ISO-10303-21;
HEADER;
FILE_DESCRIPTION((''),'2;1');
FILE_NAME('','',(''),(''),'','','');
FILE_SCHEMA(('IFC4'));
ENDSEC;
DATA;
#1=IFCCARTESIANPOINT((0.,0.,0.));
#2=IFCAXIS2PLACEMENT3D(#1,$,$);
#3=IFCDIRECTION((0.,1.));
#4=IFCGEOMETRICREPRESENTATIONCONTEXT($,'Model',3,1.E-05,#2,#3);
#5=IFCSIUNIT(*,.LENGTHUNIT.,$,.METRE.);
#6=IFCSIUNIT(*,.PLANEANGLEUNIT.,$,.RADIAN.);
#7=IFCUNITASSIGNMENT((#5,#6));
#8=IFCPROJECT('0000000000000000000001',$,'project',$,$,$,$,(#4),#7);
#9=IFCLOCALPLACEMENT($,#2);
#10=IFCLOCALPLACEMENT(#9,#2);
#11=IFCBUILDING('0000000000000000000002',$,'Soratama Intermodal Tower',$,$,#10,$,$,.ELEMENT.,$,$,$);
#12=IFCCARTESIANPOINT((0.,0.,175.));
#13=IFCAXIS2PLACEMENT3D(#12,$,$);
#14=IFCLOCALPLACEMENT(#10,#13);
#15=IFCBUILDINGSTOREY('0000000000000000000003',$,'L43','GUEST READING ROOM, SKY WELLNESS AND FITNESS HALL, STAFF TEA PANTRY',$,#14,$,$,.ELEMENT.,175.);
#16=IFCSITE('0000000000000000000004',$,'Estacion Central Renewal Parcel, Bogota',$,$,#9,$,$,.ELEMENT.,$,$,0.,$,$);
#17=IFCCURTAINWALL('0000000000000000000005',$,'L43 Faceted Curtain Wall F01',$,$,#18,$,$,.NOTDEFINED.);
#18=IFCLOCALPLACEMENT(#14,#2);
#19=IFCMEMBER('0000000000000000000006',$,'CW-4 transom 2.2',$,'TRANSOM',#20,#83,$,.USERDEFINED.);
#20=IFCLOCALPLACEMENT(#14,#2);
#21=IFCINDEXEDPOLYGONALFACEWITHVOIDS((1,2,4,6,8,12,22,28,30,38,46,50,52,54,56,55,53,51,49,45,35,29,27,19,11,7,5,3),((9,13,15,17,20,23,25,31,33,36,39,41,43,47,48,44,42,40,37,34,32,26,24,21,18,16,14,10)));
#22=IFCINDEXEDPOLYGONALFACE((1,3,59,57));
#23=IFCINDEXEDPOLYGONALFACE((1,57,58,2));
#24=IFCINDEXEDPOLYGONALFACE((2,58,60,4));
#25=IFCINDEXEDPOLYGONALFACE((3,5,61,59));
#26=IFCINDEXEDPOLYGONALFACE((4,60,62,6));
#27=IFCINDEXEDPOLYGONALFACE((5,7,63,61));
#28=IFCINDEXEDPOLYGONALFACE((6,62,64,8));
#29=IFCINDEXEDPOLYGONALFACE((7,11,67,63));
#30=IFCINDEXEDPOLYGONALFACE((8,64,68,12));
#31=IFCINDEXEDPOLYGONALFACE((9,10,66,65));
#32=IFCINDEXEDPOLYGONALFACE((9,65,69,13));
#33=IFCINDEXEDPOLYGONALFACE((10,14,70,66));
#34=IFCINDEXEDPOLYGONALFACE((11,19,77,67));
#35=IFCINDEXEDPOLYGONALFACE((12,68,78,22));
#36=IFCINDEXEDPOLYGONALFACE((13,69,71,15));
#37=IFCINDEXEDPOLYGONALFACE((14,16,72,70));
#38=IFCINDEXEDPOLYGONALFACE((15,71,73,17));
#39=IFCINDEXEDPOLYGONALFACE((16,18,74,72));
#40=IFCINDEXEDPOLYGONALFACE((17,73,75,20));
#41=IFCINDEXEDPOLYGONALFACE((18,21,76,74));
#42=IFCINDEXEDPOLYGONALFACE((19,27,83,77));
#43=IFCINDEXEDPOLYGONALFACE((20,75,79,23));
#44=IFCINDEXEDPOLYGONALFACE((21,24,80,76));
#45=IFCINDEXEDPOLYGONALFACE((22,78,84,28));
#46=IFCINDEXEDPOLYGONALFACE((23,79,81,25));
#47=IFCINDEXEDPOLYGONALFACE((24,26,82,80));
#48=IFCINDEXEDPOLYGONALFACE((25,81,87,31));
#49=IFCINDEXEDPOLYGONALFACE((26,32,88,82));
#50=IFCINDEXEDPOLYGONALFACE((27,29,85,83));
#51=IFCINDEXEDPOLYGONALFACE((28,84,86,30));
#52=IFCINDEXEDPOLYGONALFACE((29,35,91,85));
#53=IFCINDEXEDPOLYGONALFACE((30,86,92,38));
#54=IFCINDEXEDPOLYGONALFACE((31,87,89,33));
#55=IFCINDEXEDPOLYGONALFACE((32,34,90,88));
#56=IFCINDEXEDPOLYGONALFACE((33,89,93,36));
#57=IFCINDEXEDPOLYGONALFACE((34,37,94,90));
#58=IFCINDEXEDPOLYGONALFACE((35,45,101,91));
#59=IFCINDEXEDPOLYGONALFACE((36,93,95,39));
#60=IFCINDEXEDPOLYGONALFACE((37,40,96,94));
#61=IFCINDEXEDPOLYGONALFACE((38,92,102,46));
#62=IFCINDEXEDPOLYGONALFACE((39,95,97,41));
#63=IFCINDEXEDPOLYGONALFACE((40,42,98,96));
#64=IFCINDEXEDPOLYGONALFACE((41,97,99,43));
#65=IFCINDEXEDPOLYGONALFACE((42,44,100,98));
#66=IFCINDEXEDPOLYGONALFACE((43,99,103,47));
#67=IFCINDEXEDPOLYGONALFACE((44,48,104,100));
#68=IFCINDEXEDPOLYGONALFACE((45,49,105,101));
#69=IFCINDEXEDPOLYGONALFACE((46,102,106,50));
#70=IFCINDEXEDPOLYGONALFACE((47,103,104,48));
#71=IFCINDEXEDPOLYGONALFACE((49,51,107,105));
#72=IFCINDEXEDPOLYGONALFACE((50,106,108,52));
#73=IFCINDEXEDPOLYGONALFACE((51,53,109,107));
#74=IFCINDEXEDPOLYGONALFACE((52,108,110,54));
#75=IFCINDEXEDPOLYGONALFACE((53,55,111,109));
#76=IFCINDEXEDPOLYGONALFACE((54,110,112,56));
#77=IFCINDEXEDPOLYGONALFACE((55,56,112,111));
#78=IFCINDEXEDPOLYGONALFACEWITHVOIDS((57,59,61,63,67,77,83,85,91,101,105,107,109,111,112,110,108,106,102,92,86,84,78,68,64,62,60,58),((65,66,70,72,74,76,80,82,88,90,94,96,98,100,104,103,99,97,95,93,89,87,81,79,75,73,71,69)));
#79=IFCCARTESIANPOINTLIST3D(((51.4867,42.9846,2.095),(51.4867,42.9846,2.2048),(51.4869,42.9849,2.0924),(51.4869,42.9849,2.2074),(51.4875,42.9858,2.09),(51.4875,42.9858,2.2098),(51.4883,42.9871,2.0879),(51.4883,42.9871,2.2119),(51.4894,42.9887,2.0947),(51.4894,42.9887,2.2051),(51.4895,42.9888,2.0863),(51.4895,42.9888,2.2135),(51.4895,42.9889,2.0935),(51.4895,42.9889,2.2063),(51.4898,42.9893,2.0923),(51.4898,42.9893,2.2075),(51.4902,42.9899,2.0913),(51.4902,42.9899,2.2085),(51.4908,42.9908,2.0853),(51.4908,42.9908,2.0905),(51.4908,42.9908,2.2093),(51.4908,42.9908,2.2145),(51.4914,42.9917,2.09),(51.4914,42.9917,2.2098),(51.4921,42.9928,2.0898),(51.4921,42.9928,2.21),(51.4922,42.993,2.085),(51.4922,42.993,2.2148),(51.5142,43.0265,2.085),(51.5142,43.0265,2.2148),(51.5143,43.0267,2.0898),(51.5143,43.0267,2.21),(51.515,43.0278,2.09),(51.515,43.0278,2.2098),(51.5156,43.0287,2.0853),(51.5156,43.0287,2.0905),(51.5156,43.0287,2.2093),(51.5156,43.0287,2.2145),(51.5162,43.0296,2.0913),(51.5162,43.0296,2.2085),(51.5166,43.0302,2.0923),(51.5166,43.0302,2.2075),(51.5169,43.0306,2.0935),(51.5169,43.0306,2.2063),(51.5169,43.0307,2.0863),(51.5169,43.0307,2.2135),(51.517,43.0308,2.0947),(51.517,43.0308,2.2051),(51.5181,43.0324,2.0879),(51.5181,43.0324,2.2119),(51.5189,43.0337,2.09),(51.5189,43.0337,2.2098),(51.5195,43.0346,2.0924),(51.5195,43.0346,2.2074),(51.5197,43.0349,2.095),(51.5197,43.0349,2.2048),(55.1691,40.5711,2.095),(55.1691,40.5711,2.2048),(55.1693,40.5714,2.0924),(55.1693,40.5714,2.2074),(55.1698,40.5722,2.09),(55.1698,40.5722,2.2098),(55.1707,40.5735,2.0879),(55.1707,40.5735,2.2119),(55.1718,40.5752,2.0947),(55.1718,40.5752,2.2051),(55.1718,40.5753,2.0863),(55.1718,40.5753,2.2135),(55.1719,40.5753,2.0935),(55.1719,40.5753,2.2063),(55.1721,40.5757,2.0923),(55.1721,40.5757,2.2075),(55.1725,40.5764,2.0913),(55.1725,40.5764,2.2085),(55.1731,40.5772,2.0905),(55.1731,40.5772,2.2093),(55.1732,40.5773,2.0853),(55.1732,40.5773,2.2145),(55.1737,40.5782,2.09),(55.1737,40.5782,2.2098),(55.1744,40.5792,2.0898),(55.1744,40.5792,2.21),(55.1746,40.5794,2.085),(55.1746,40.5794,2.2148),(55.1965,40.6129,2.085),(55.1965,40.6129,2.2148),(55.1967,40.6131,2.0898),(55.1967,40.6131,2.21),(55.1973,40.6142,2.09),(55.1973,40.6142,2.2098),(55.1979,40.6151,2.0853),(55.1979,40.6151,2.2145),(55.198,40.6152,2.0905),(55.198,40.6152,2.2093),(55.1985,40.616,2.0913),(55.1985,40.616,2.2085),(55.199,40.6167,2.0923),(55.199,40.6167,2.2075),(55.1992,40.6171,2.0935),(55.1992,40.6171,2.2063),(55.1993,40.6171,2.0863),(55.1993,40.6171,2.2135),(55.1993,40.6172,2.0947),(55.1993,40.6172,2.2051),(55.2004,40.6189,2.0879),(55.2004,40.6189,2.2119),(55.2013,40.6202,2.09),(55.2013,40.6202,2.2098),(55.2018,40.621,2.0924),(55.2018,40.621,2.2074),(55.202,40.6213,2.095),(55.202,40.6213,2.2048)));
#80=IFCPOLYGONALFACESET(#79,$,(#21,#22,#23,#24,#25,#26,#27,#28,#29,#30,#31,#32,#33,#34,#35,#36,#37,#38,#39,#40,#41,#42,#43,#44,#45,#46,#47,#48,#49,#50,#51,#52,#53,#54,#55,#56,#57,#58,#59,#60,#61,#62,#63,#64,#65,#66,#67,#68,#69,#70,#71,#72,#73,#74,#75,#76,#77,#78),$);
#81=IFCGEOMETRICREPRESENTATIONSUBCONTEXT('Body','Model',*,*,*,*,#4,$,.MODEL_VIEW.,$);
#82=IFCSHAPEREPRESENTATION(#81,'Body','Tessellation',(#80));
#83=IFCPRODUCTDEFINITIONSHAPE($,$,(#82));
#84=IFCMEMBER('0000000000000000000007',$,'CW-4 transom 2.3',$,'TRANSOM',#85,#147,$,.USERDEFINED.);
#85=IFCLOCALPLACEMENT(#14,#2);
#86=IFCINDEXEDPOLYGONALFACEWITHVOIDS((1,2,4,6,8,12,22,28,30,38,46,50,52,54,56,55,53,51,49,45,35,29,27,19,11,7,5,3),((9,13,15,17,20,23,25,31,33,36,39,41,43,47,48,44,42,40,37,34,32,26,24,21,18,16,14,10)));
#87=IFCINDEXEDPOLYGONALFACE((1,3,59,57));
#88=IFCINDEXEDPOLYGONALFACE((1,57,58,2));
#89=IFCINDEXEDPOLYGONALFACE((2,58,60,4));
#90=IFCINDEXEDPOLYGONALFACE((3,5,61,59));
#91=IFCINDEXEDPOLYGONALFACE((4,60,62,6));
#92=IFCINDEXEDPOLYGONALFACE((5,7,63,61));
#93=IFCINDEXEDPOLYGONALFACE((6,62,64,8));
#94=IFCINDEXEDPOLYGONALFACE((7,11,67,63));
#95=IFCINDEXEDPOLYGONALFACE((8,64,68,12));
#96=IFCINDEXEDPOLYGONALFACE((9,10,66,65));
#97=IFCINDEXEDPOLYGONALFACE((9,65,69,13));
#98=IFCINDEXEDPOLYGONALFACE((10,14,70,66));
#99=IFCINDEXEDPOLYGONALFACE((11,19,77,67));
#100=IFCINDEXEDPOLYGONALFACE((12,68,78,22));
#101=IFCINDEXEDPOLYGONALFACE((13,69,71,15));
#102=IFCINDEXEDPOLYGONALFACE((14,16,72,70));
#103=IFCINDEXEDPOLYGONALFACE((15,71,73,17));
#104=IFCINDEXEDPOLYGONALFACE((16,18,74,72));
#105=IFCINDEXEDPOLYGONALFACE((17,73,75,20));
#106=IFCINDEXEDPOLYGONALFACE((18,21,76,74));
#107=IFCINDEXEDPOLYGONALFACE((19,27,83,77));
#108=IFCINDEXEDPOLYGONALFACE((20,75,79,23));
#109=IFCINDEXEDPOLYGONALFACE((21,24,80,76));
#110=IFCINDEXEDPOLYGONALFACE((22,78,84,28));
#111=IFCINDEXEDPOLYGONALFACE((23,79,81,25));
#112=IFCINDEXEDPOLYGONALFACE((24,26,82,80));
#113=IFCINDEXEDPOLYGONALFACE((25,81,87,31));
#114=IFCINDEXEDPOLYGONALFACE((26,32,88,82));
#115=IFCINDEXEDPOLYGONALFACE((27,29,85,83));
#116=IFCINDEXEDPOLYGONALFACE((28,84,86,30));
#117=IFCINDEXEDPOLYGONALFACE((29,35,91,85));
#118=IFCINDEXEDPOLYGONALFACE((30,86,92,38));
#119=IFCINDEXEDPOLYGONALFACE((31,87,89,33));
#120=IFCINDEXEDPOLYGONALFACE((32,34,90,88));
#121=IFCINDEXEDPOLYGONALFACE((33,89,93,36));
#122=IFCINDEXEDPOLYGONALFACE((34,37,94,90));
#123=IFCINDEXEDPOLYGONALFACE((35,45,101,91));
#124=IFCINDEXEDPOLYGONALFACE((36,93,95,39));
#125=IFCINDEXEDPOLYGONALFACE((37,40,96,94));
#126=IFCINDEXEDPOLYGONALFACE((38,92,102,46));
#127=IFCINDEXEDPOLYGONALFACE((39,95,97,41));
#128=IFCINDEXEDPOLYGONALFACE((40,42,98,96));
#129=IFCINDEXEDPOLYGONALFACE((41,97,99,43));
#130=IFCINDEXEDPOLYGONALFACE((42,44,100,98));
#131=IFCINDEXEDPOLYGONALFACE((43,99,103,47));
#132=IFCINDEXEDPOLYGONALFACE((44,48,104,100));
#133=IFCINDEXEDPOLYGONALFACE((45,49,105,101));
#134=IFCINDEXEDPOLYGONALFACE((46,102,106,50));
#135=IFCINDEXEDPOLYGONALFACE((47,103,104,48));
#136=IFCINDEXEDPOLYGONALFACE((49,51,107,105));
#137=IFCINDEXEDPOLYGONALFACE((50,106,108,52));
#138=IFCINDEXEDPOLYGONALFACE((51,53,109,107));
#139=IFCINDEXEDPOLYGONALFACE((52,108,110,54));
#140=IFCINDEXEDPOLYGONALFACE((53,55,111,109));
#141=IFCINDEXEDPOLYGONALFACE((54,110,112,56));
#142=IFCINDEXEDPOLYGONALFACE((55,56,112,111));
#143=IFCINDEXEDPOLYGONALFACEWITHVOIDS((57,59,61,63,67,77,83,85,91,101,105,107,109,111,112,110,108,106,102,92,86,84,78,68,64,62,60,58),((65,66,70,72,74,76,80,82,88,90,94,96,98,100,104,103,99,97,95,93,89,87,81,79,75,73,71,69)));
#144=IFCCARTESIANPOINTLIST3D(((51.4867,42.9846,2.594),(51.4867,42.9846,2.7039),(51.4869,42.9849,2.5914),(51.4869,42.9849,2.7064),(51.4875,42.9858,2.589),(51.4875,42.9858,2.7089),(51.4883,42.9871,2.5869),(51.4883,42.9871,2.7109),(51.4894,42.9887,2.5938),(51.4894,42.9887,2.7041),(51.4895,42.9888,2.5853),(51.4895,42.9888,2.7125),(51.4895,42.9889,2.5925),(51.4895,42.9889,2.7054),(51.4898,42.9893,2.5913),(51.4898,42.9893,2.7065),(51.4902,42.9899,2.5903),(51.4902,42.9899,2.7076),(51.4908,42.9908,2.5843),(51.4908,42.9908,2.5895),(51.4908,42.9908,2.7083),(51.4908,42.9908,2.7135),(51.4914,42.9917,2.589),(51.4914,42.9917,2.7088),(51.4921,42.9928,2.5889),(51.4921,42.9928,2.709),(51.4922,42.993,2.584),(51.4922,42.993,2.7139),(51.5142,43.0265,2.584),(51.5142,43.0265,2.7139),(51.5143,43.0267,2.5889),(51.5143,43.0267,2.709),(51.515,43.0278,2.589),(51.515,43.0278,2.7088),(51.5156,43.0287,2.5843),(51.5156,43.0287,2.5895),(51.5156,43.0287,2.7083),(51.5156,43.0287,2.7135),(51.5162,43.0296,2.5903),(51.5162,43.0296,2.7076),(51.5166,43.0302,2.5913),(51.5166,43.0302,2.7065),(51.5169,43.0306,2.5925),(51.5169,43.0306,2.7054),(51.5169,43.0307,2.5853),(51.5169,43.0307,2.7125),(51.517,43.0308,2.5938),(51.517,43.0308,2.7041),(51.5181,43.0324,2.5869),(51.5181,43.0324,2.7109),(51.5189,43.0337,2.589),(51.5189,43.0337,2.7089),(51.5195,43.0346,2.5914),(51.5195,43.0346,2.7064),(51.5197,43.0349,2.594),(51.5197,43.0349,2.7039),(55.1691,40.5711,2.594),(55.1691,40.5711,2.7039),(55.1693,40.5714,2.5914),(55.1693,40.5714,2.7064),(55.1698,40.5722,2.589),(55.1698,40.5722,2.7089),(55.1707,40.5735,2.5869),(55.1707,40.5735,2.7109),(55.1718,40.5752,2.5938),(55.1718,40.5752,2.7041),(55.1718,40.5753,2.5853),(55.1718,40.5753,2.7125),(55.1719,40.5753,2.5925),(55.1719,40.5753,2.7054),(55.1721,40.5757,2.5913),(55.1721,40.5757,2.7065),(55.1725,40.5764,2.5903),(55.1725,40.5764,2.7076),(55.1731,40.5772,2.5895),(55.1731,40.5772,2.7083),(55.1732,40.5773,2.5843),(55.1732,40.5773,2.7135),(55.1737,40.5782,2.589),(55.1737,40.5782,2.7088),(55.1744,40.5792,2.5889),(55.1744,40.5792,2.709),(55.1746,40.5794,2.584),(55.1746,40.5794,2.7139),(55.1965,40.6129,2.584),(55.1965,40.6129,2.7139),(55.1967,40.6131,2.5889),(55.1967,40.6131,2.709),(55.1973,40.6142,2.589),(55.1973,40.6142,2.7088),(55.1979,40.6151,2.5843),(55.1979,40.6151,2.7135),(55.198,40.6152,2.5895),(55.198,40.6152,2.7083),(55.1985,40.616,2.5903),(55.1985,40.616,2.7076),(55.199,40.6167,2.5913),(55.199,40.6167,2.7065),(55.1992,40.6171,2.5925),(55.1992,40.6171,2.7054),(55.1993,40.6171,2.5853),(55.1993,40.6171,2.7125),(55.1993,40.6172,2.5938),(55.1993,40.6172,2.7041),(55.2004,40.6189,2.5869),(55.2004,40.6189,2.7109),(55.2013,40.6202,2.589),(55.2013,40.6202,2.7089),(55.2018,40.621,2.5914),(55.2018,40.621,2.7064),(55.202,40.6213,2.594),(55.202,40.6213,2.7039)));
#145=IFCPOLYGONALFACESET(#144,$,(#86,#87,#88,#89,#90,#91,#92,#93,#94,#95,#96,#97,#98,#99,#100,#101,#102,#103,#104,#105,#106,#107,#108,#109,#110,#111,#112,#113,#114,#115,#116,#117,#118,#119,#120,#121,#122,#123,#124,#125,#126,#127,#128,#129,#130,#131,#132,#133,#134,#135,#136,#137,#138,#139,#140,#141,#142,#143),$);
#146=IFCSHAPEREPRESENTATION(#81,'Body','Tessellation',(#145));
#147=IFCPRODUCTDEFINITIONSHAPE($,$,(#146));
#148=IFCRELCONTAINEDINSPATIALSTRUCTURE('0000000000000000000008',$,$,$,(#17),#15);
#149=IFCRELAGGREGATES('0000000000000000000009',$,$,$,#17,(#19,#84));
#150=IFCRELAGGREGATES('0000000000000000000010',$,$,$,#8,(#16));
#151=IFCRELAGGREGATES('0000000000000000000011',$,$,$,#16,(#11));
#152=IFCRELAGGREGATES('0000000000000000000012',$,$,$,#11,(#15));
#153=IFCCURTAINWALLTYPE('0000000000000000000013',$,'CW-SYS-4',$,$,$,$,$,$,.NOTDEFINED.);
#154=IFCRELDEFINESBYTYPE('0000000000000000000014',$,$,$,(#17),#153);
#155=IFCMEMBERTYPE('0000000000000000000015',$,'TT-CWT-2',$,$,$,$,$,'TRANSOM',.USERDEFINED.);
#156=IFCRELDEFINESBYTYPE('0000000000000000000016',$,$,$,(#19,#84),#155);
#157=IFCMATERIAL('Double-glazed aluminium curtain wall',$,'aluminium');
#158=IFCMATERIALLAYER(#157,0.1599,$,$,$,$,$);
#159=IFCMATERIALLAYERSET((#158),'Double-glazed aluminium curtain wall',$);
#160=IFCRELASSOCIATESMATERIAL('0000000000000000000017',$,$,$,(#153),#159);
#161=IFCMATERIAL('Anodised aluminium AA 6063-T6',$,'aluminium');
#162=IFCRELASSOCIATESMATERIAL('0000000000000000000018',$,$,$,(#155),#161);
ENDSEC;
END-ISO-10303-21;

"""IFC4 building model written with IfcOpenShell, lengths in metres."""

from ifc_helpers import new_model, si_unit, direction, frame, origin, origin_2d, place, context, subcontext, project, spatial, hollow_rectangle, extrude, material, layer, layer_set, material_profile, profile_set, type_object, element, aggregate, save


model = new_model("IFC4")

# Units and contexts
model_context = context("Model", 3, precision=1e-05, world=origin(), true_north=direction((0.0, 1.0)))
body_context = subcontext(model_context, "Body", "Model", "MODEL_VIEW")
ifc_project = project(units=[si_unit("LENGTHUNIT", "METRE"), si_unit("PLANEANGLEUNIT", "RADIAN")], contexts=[model_context])

# Site, building, storey
site_placement = place(None, origin())
site = spatial("IfcSite", under=ifc_project, at=site_placement, Name="Estacion Central Renewal Parcel, Bogota", CompositionType="ELEMENT", RefElevation=0.0)
building_placement = place(site_placement, origin())
building = spatial("IfcBuilding", under=site, at=building_placement, Name="Soratama Intermodal Tower", CompositionType="ELEMENT")
storey_placement = place(building_placement, frame((0.0, 0.0, 175.0)))
storey = spatial("IfcBuildingStorey", under=building, at=storey_placement, Name="L43", Description="GUEST READING ROOM, SKY WELLNESS AND FITNESS HALL, STAFF TEA PANTRY", CompositionType="ELEMENT", Elevation=175.0)

# Curtain wall
ifc_material_1 = material(Name="Double-glazed aluminium curtain wall", Category="aluminium")
ifc_layer_1 = layer(ifc_material_1, 0.1599)
ifc_layer_set_1 = layer_set([ifc_layer_1], Name="Double-glazed aluminium curtain wall")
curtain_wall_type = type_object("IfcCurtainWallType", Name="CW-SYS-4", PredefinedType="NOTDEFINED", material=ifc_layer_set_1)
curtain_wall_1_placement = place(storey_placement, origin())
curtain_wall_1 = element("IfcCurtainWall", 1, at=curtain_wall_1_placement, inside=storey, type_object=curtain_wall_type, Name="L43 Faceted Curtain Wall F01", PredefinedType="NOTDEFINED")

# Members
ifc_material_2 = material(Name="Anodised aluminium AA 6063-T6", Category="aluminium")
ifc_material_profile_1 = material_profile(ifc_material_2, hollow_rectangle(XDim=0.0601, YDim=0.1299, WallThickness=0.0049, InnerFilletRadius=0.0049, OuterFilletRadius=0.01, at=origin_2d()), Name="CWT130X60X5")
ifc_profile_set_1 = profile_set([ifc_material_profile_1], Name="Anodised aluminium AA 6063-T6")
member_type_1 = type_object("IfcMemberType", Name="TT-CWT-2", ElementType="TRANSOM", PredefinedType="USERDEFINED", material=ifc_profile_set_1)
member_1_placement = place(storey_placement, frame((55.1855, 40.5962, 2.1499), z_axis=(-0.836359, 0.548183, 0.0), x_axis=(-0.548183, -0.836359, 0.0)))
member_1 = element("IfcMember", 2, at=member_1_placement, type_object=member_type_1, Name="CW-4 transom 2.2", ObjectType="TRANSOM", PredefinedType="USERDEFINED", context=body_context, shape_type="SweptSolid", body=[
    extrude(hollow_rectangle(XDim=0.0601, YDim=0.1299, WallThickness=0.0049, InnerFilletRadius=0.0049, OuterFilletRadius=0.01, at=origin_2d()), origin(), (0.0, 0.0, 1.0), 4.4028),
])
member_2_placement = place(storey_placement, frame((55.1855, 40.5962, 2.6489), z_axis=(-0.836359, 0.548183, 0.0), x_axis=(-0.548183, -0.836359, 0.0)))
member_2 = element("IfcMember", 3, at=member_2_placement, type_object=member_type_1, Name="CW-4 transom 2.3", ObjectType="TRANSOM", PredefinedType="USERDEFINED", context=body_context, shape_type="SweptSolid", body=[
    extrude(hollow_rectangle(XDim=0.0601, YDim=0.1299, WallThickness=0.0049, InnerFilletRadius=0.0049, OuterFilletRadius=0.01, at=origin_2d()), origin(), (0.0, 0.0, 1.0), 4.4028),
])

aggregate(curtain_wall_1, [member_1, member_2])

save(model, "model.ifc")
